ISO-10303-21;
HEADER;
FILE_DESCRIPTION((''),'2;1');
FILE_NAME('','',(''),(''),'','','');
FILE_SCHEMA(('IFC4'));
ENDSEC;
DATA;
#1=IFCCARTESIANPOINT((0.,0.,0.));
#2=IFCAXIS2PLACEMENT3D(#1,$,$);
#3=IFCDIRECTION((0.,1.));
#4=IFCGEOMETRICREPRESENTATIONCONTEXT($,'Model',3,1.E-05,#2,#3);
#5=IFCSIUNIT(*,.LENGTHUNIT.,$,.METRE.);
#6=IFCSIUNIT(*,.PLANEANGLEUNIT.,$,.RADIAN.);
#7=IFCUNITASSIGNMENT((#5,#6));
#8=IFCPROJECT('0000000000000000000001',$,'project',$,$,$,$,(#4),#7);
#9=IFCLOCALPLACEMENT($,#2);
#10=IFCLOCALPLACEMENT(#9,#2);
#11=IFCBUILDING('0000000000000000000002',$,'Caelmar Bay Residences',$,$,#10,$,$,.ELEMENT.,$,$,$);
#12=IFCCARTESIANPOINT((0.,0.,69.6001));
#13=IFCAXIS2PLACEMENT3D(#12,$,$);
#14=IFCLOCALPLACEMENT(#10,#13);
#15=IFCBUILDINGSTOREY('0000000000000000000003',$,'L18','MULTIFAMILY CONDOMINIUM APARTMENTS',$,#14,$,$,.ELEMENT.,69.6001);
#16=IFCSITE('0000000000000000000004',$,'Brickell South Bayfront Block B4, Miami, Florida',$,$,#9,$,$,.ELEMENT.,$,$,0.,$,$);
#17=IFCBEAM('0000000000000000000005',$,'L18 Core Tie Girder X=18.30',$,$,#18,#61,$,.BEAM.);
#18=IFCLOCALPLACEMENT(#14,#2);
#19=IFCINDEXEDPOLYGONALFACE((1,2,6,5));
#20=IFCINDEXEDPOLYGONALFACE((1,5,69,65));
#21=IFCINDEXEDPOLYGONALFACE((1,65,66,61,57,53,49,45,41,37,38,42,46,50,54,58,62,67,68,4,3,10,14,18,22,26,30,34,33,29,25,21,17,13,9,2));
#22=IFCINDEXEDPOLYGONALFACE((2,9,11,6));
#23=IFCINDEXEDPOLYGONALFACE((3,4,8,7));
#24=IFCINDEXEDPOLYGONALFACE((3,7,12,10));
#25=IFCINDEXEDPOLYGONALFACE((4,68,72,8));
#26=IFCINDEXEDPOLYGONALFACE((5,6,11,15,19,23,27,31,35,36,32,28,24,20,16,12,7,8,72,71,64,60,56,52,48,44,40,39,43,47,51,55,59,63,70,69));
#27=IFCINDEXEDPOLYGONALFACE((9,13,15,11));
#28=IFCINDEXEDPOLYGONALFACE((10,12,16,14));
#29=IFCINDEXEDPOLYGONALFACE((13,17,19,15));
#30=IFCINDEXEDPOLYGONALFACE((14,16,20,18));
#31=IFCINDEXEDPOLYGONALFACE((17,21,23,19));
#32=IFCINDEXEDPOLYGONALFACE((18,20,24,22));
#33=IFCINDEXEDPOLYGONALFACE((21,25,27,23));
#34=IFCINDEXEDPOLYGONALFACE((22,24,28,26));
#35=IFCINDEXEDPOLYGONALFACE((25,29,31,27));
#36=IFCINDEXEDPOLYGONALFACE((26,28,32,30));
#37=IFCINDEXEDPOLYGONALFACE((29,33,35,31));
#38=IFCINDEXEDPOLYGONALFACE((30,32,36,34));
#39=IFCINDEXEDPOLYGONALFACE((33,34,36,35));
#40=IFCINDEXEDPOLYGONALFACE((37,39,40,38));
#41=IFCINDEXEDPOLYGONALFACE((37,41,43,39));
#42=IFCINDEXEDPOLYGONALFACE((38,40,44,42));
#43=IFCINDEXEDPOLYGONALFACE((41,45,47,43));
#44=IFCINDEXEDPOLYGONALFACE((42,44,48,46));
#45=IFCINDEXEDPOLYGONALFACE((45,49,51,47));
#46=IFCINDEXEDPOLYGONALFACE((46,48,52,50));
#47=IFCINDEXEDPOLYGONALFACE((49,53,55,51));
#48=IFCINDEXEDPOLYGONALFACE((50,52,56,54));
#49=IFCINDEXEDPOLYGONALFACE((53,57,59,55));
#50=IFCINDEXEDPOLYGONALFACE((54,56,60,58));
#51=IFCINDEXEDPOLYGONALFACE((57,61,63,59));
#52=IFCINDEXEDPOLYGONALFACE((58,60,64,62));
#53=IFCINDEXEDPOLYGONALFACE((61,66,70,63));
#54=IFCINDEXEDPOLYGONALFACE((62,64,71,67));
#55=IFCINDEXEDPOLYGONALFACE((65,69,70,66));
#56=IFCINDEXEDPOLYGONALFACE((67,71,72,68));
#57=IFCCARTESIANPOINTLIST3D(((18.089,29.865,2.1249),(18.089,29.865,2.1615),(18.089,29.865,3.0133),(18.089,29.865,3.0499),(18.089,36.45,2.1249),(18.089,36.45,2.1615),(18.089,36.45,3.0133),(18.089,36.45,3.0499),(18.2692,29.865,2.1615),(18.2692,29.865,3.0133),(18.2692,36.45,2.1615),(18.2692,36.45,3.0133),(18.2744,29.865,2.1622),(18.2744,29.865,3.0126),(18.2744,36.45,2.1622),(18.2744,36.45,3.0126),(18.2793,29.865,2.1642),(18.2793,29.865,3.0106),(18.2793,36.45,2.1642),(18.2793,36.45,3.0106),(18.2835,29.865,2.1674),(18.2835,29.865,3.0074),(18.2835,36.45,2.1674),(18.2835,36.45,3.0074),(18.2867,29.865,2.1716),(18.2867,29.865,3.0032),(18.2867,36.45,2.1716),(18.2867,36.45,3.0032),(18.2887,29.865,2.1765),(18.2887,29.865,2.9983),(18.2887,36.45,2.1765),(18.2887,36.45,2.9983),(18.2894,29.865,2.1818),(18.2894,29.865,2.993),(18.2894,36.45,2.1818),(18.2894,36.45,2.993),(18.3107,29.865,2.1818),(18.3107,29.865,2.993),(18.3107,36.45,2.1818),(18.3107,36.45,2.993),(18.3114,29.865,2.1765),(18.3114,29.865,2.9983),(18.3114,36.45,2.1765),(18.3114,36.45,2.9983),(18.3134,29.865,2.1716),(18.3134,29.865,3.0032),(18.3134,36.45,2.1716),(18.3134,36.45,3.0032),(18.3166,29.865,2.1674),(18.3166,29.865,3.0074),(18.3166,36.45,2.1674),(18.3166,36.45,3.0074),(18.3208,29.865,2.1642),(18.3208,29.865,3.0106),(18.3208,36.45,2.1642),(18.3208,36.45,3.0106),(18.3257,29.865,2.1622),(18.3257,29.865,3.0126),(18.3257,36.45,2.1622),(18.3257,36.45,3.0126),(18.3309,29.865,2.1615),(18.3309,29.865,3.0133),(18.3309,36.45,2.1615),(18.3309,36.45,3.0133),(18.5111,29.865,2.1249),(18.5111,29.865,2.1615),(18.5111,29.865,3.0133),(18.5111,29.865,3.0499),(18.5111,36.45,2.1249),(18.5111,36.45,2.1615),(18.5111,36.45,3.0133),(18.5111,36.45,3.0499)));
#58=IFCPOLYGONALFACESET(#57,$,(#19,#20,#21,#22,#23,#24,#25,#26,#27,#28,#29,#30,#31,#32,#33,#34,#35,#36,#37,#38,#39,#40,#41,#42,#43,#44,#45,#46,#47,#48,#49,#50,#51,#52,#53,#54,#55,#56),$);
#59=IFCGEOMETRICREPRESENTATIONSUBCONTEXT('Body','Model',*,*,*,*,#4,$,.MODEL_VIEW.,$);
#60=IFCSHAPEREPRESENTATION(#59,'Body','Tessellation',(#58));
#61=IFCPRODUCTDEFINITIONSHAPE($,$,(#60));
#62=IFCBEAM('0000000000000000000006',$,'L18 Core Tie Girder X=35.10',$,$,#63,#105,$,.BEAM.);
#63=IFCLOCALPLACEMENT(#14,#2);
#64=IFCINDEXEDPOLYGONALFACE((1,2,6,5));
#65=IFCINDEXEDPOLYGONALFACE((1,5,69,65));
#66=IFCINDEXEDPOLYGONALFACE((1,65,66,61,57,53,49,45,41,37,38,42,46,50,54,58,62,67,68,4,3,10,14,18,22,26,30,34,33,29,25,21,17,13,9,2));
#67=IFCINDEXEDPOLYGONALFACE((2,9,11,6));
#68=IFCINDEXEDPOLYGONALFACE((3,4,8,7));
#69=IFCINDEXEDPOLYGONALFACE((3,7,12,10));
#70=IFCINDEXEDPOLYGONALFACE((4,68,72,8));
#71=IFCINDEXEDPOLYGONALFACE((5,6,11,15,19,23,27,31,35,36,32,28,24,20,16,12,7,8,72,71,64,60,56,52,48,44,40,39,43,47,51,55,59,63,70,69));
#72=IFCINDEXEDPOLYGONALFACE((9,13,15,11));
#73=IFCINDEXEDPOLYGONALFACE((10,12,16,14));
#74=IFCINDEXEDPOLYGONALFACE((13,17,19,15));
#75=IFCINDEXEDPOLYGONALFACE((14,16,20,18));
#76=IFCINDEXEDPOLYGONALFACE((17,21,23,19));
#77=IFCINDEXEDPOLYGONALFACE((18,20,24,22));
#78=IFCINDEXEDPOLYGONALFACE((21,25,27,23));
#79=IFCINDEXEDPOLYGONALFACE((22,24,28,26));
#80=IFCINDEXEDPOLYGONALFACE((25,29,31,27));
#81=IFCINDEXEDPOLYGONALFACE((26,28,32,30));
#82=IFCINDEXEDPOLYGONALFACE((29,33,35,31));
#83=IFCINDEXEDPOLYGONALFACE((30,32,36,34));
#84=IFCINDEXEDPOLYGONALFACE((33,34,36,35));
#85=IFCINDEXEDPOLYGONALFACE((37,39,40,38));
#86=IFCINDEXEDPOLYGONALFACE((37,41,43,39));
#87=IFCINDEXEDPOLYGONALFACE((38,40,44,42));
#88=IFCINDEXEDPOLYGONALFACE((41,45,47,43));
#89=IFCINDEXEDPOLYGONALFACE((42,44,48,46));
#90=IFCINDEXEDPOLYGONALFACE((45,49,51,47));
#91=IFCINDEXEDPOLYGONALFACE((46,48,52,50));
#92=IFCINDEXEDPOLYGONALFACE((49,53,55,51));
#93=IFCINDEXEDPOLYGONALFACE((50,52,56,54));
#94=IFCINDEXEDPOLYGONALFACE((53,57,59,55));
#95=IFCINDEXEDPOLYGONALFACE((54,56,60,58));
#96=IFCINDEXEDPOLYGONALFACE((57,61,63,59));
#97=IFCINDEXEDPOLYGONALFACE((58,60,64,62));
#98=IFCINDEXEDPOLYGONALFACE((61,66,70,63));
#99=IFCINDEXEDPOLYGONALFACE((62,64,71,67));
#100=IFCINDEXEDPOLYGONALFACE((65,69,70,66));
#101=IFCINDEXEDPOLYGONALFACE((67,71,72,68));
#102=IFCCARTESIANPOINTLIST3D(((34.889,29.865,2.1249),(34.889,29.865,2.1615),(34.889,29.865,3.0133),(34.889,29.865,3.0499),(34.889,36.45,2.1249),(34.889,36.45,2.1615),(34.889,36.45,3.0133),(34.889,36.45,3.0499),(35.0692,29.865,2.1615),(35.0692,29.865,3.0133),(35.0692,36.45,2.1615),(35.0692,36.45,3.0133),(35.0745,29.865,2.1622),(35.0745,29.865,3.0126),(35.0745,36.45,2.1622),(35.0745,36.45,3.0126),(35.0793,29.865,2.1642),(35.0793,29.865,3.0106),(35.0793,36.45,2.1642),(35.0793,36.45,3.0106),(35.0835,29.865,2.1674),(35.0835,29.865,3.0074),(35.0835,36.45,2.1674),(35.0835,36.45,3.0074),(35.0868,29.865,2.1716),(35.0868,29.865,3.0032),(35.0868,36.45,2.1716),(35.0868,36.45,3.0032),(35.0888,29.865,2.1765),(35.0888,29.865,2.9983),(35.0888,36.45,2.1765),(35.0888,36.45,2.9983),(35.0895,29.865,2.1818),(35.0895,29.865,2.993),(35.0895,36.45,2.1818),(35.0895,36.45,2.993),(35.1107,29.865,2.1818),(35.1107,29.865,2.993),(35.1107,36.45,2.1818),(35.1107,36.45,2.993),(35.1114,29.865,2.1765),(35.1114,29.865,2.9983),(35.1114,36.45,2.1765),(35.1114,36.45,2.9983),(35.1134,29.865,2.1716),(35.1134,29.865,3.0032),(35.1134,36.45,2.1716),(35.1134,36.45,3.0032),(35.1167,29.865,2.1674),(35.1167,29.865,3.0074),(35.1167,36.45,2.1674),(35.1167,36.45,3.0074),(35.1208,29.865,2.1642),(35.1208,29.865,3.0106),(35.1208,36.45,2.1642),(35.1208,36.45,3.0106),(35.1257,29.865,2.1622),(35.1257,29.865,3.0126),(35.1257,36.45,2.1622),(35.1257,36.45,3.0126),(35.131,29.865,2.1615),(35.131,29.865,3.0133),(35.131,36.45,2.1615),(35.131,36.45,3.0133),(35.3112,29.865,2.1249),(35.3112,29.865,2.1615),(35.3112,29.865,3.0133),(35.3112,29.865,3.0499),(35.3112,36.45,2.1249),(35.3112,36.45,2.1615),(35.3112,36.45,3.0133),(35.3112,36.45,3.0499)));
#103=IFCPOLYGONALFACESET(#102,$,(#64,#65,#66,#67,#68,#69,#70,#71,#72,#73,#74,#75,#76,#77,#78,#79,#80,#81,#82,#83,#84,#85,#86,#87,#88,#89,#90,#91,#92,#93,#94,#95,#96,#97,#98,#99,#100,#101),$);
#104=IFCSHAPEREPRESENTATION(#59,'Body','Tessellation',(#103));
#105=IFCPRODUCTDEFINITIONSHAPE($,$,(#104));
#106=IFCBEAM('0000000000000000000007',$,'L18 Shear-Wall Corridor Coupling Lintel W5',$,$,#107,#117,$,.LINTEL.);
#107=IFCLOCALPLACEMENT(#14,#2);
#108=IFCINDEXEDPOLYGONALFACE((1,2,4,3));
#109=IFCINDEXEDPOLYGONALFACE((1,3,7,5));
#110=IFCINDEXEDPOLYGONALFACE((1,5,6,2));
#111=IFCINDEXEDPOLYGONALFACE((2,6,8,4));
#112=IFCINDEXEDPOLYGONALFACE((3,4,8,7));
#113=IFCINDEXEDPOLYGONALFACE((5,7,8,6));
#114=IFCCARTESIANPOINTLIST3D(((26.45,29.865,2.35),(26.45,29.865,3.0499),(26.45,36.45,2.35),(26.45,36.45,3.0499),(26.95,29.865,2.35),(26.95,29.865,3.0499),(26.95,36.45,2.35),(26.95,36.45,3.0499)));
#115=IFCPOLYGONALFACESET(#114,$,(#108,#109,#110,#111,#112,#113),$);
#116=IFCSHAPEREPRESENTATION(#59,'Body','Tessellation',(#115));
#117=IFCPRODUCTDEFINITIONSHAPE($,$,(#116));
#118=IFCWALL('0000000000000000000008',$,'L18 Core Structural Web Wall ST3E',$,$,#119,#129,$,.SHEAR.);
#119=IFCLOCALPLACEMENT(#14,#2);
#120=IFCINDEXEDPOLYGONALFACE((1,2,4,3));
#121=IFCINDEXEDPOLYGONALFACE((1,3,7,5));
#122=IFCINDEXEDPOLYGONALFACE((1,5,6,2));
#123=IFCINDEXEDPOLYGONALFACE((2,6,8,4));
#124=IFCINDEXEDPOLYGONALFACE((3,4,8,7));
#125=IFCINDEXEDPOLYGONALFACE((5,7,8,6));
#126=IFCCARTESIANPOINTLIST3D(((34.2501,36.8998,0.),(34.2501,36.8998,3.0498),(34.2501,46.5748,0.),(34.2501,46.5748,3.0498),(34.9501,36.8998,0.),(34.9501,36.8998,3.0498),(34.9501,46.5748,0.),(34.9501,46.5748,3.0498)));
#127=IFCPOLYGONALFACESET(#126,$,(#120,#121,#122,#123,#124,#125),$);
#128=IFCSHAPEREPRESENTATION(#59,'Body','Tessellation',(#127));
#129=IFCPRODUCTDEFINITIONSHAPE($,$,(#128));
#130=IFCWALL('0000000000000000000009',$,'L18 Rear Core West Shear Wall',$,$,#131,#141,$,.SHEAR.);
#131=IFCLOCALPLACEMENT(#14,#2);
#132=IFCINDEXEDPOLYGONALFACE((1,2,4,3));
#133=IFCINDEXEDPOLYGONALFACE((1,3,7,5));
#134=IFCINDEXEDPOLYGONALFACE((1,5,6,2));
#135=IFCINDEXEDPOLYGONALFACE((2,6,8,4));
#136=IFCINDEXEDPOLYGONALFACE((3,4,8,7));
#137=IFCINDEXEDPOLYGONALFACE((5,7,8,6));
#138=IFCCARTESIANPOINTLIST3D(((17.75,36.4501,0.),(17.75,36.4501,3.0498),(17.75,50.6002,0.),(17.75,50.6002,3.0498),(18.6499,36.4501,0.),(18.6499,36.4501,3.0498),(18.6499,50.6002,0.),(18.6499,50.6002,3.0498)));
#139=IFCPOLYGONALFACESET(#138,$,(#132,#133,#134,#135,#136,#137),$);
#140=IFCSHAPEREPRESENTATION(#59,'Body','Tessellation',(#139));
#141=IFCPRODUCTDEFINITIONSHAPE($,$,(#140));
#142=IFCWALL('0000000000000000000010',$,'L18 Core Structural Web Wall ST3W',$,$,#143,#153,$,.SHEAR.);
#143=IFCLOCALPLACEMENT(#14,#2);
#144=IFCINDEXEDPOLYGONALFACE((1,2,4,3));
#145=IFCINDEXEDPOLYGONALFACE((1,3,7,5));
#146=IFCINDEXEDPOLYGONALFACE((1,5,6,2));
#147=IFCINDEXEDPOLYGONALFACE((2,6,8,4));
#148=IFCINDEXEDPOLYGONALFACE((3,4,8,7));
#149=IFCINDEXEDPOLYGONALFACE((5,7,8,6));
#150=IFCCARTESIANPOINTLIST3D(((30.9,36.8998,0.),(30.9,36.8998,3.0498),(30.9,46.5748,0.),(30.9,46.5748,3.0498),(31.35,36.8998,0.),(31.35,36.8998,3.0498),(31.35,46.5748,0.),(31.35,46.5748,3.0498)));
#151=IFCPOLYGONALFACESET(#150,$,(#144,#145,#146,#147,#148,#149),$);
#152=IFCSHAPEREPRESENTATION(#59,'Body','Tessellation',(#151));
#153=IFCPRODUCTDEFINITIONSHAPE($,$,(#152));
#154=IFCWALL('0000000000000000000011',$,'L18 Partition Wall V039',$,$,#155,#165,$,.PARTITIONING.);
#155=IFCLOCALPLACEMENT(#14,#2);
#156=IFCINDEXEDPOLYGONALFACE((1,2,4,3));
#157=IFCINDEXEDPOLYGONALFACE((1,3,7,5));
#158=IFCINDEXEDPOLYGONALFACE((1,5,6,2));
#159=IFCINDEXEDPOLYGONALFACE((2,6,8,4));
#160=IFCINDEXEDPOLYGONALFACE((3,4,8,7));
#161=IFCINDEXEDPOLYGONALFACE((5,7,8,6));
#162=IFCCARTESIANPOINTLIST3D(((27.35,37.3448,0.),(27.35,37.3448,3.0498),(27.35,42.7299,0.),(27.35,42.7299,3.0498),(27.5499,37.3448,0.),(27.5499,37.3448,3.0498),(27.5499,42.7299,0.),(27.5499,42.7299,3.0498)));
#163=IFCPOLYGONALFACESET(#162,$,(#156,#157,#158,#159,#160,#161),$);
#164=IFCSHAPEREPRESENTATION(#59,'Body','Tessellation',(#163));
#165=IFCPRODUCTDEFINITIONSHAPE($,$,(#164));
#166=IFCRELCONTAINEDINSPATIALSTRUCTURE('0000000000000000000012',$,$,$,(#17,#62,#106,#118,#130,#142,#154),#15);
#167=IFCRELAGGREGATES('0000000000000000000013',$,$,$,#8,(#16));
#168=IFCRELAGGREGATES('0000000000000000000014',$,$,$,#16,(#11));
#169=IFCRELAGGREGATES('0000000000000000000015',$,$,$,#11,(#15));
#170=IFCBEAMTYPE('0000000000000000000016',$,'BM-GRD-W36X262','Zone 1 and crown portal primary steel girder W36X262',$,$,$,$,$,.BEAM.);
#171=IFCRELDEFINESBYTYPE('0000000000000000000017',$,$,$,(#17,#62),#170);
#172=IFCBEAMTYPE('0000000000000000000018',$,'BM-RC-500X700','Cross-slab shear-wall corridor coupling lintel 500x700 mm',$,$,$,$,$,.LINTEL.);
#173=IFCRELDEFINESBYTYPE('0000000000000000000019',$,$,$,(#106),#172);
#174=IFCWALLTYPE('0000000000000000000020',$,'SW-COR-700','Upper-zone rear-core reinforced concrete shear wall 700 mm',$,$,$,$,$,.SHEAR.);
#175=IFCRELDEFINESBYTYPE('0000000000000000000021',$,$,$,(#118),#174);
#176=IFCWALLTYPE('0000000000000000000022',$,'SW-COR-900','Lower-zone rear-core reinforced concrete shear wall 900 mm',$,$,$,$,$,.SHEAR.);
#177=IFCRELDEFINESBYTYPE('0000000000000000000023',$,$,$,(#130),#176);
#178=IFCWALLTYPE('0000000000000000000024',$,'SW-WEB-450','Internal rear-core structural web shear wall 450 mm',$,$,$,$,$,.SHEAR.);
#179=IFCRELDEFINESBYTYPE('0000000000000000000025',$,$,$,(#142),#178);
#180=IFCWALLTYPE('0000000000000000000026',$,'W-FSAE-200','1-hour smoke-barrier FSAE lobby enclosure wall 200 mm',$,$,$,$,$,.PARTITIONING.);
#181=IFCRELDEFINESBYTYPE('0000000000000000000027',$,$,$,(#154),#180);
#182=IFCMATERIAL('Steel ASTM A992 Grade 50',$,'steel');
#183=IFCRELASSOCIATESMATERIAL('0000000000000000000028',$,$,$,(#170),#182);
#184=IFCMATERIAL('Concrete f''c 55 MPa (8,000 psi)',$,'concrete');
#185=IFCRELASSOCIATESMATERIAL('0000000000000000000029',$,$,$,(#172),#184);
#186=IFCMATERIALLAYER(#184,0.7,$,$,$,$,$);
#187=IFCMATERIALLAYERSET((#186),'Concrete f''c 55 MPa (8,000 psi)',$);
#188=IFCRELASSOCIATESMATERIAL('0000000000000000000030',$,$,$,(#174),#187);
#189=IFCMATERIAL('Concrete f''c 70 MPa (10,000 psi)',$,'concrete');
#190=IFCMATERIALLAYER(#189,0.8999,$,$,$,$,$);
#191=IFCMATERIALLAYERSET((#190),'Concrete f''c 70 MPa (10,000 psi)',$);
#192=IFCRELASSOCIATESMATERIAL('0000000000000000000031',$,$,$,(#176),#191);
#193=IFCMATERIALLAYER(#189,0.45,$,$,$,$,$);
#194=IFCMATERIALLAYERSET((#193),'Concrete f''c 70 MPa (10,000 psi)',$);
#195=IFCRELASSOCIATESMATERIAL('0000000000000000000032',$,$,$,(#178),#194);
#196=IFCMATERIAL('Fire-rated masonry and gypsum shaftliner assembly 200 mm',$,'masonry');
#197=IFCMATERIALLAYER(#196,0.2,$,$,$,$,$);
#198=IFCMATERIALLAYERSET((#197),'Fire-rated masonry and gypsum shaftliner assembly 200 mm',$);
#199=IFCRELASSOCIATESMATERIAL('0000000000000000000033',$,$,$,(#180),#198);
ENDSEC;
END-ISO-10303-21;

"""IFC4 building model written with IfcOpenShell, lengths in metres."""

from ifc_helpers import new_model, si_unit, direction, frame, frame_2d, origin, origin_2d, place, context, subcontext, project, spatial, rectangle, i_section, extrude, material, layer, layer_set, material_profile, profile_set, type_object, element, save


model = new_model("IFC4")

# Units and contexts
model_context = context("Model", 3, precision=1e-05, world=origin(), true_north=direction((0.0, 1.0)))
body_context = subcontext(model_context, "Body", "Model", "MODEL_VIEW")
ifc_project = project(units=[si_unit("LENGTHUNIT", "METRE"), si_unit("PLANEANGLEUNIT", "RADIAN")], contexts=[model_context])

# Site, building, storey
site_placement = place(None, origin())
site = spatial("IfcSite", under=ifc_project, at=site_placement, Name="Brickell South Bayfront Block B4, Miami, Florida", CompositionType="ELEMENT", RefElevation=0.0)
building_placement = place(site_placement, origin())
building = spatial("IfcBuilding", under=site, at=building_placement, Name="Caelmar Bay Residences", CompositionType="ELEMENT")
storey_placement = place(building_placement, frame((0.0, 0.0, 69.6001)))
storey = spatial("IfcBuildingStorey", under=building, at=storey_placement, Name="L18", Description="MULTIFAMILY CONDOMINIUM APARTMENTS", CompositionType="ELEMENT", Elevation=69.6001)

# Beams
ifc_material_1 = material(Name="Steel ASTM A992 Grade 50", Category="steel")
ifc_material_profile_1 = material_profile(ifc_material_1, i_section(OverallWidth=0.4221, OverallDepth=0.925, WebThickness=0.0212, FlangeThickness=0.0366, FilletRadius=0.0203, at=origin_2d()), Name="W36X262")
ifc_profile_set_1 = profile_set([ifc_material_profile_1], Name="Steel ASTM A992 Grade 50")
beam_type_1 = type_object("IfcBeamType", Name="BM-GRD-W36X262", Description="Zone 1 and crown portal primary steel girder W36X262", PredefinedType="BEAM", material=ifc_profile_set_1)
for number, where, z_axis, x_axis, name in (
    (1, (18.3, 29.865, 2.5874), (0.0, 1.0, 0.0), (-1.0, 0.0, 0.0), "L18 Core Tie Girder X=18.30"),
    (2, (35.1001, 29.865, 2.5874), (0.0, 1.0, 0.0), (-1.0, 0.0, 0.0), "L18 Core Tie Girder X=35.10"),
):
    element("IfcBeam", number, at=place(storey_placement, frame(where, z_axis=z_axis, x_axis=x_axis)), inside=storey, type_object=beam_type_1, Name=name, PredefinedType="BEAM", context=body_context, shape_type="SweptSolid", body=[
        extrude(i_section(OverallWidth=0.4221, OverallDepth=0.925, WebThickness=0.0212, FlangeThickness=0.0366, FilletRadius=0.0203, at=origin_2d()), origin(), (0.0, 0.0, 1.0), 6.585),
    ])
ifc_material_2 = material(Name="Concrete f'c 55 MPa (8,000 psi)", Category="concrete")
ifc_material_profile_2 = material_profile(ifc_material_2, rectangle(XDim=0.5, YDim=0.7, at=origin_2d()), Name="RC-BM-500X700")
ifc_profile_set_2 = profile_set([ifc_material_profile_2], Name="Concrete f'c 55 MPa (8,000 psi)")
beam_type_2 = type_object("IfcBeamType", Name="BM-RC-500X700", Description="Cross-slab shear-wall corridor coupling lintel 500x700 mm", PredefinedType="LINTEL", material=ifc_profile_set_2)
beam_placement = place(storey_placement, frame((26.7, 29.865, 2.7), z_axis=(0.0, 1.0, 0.0), x_axis=(-1.0, 0.0, 0.0)))
element("IfcBeam", 3, at=beam_placement, inside=storey, type_object=beam_type_2, Name="L18 Shear-Wall Corridor Coupling Lintel W5", PredefinedType="LINTEL", context=body_context, shape_type="SweptSolid", body=[
    extrude(rectangle(XDim=0.5, YDim=0.7, at=origin_2d()), origin(), (0.0, 0.0, 1.0), 6.585),
])

# Shared definitions
ifc_layer_1 = layer(ifc_material_2, 0.7)
ifc_layer_set_1 = layer_set([ifc_layer_1], Name="Concrete f'c 55 MPa (8,000 psi)")
wall_type_1 = type_object("IfcWallType", Name="SW-COR-700", Description="Upper-zone rear-core reinforced concrete shear wall 700 mm", PredefinedType="SHEAR", material=ifc_layer_set_1)

# Walls
wall_1_placement = place(storey_placement, frame((34.6001, 36.8999, 0.0), z_axis=(0.0, 0.0, 1.0), x_axis=(0.0, 1.0, 0.0)))
element("IfcWall", 4, at=wall_1_placement, inside=storey, type_object=wall_type_1, Name="L18 Core Structural Web Wall ST3E", PredefinedType="SHEAR", context=body_context, shape_type="SweptSolid", body=[
    extrude(rectangle(XDim=9.675, YDim=0.7, at=frame_2d((4.8374, 0.0))), origin(), (0.0, 0.0, 1.0), 3.0498),
])
ifc_material_3 = material(Name="Concrete f'c 70 MPa (10,000 psi)", Category="concrete")
ifc_layer_2 = layer(ifc_material_3, 0.8999)
ifc_layer_set_2 = layer_set([ifc_layer_2], Name="Concrete f'c 70 MPa (10,000 psi)")
wall_type_2 = type_object("IfcWallType", Name="SW-COR-900", Description="Lower-zone rear-core reinforced concrete shear wall 900 mm", PredefinedType="SHEAR", material=ifc_layer_set_2)
wall_2_placement = place(storey_placement, frame((18.2, 36.45, 0.0), z_axis=(0.0, 0.0, 1.0), x_axis=(0.0, 1.0, 0.0)))
element("IfcWall", 5, at=wall_2_placement, inside=storey, type_object=wall_type_2, Name="L18 Rear Core West Shear Wall", PredefinedType="SHEAR", context=body_context, shape_type="SweptSolid", body=[
    extrude(rectangle(XDim=14.1501, YDim=0.8999, at=frame_2d((7.0752, 0.0))), origin(), (0.0, 0.0, 1.0), 3.0498),
])
ifc_layer_3 = layer(ifc_material_3, 0.45)
ifc_layer_set_3 = layer_set([ifc_layer_3], Name="Concrete f'c 70 MPa (10,000 psi)")
wall_type_3 = type_object("IfcWallType", Name="SW-WEB-450", Description="Internal rear-core structural web shear wall 450 mm", PredefinedType="SHEAR", material=ifc_layer_set_3)
wall_3_placement = place(storey_placement, frame((31.125, 36.8999, 0.0), z_axis=(0.0, 0.0, 1.0), x_axis=(0.0, 1.0, 0.0)))
element("IfcWall", 6, at=wall_3_placement, inside=storey, type_object=wall_type_3, Name="L18 Core Structural Web Wall ST3W", PredefinedType="SHEAR", context=body_context, shape_type="SweptSolid", body=[
    extrude(rectangle(XDim=9.675, YDim=0.45, at=frame_2d((4.8374, 0.0))), origin(), (0.0, 0.0, 1.0), 3.0498),
])
ifc_material_4 = material(Name="Fire-rated masonry and gypsum shaftliner assembly 200 mm", Category="masonry")
ifc_layer_4 = layer(ifc_material_4, 0.2)
ifc_layer_set_4 = layer_set([ifc_layer_4], Name="Fire-rated masonry and gypsum shaftliner assembly 200 mm")
wall_type_4 = type_object("IfcWallType", Name="W-FSAE-200", Description="1-hour smoke-barrier FSAE lobby enclosure wall 200 mm", PredefinedType="PARTITIONING", material=ifc_layer_set_4)
wall_4_placement = place(storey_placement, frame((27.45, 37.345, 0.0), z_axis=(0.0, 0.0, 1.0), x_axis=(0.0, 1.0, 0.0)))
element("IfcWall", 7, at=wall_4_placement, inside=storey, type_object=wall_type_4, Name="L18 Partition Wall V039", PredefinedType="PARTITIONING", context=body_context, shape_type="SweptSolid", body=[
    extrude(rectangle(XDim=5.385, YDim=0.2, at=frame_2d((2.6924, 0.0))), origin(), (0.0, 0.0, 1.0), 3.0498),
])

save(model, "model.ifc")
